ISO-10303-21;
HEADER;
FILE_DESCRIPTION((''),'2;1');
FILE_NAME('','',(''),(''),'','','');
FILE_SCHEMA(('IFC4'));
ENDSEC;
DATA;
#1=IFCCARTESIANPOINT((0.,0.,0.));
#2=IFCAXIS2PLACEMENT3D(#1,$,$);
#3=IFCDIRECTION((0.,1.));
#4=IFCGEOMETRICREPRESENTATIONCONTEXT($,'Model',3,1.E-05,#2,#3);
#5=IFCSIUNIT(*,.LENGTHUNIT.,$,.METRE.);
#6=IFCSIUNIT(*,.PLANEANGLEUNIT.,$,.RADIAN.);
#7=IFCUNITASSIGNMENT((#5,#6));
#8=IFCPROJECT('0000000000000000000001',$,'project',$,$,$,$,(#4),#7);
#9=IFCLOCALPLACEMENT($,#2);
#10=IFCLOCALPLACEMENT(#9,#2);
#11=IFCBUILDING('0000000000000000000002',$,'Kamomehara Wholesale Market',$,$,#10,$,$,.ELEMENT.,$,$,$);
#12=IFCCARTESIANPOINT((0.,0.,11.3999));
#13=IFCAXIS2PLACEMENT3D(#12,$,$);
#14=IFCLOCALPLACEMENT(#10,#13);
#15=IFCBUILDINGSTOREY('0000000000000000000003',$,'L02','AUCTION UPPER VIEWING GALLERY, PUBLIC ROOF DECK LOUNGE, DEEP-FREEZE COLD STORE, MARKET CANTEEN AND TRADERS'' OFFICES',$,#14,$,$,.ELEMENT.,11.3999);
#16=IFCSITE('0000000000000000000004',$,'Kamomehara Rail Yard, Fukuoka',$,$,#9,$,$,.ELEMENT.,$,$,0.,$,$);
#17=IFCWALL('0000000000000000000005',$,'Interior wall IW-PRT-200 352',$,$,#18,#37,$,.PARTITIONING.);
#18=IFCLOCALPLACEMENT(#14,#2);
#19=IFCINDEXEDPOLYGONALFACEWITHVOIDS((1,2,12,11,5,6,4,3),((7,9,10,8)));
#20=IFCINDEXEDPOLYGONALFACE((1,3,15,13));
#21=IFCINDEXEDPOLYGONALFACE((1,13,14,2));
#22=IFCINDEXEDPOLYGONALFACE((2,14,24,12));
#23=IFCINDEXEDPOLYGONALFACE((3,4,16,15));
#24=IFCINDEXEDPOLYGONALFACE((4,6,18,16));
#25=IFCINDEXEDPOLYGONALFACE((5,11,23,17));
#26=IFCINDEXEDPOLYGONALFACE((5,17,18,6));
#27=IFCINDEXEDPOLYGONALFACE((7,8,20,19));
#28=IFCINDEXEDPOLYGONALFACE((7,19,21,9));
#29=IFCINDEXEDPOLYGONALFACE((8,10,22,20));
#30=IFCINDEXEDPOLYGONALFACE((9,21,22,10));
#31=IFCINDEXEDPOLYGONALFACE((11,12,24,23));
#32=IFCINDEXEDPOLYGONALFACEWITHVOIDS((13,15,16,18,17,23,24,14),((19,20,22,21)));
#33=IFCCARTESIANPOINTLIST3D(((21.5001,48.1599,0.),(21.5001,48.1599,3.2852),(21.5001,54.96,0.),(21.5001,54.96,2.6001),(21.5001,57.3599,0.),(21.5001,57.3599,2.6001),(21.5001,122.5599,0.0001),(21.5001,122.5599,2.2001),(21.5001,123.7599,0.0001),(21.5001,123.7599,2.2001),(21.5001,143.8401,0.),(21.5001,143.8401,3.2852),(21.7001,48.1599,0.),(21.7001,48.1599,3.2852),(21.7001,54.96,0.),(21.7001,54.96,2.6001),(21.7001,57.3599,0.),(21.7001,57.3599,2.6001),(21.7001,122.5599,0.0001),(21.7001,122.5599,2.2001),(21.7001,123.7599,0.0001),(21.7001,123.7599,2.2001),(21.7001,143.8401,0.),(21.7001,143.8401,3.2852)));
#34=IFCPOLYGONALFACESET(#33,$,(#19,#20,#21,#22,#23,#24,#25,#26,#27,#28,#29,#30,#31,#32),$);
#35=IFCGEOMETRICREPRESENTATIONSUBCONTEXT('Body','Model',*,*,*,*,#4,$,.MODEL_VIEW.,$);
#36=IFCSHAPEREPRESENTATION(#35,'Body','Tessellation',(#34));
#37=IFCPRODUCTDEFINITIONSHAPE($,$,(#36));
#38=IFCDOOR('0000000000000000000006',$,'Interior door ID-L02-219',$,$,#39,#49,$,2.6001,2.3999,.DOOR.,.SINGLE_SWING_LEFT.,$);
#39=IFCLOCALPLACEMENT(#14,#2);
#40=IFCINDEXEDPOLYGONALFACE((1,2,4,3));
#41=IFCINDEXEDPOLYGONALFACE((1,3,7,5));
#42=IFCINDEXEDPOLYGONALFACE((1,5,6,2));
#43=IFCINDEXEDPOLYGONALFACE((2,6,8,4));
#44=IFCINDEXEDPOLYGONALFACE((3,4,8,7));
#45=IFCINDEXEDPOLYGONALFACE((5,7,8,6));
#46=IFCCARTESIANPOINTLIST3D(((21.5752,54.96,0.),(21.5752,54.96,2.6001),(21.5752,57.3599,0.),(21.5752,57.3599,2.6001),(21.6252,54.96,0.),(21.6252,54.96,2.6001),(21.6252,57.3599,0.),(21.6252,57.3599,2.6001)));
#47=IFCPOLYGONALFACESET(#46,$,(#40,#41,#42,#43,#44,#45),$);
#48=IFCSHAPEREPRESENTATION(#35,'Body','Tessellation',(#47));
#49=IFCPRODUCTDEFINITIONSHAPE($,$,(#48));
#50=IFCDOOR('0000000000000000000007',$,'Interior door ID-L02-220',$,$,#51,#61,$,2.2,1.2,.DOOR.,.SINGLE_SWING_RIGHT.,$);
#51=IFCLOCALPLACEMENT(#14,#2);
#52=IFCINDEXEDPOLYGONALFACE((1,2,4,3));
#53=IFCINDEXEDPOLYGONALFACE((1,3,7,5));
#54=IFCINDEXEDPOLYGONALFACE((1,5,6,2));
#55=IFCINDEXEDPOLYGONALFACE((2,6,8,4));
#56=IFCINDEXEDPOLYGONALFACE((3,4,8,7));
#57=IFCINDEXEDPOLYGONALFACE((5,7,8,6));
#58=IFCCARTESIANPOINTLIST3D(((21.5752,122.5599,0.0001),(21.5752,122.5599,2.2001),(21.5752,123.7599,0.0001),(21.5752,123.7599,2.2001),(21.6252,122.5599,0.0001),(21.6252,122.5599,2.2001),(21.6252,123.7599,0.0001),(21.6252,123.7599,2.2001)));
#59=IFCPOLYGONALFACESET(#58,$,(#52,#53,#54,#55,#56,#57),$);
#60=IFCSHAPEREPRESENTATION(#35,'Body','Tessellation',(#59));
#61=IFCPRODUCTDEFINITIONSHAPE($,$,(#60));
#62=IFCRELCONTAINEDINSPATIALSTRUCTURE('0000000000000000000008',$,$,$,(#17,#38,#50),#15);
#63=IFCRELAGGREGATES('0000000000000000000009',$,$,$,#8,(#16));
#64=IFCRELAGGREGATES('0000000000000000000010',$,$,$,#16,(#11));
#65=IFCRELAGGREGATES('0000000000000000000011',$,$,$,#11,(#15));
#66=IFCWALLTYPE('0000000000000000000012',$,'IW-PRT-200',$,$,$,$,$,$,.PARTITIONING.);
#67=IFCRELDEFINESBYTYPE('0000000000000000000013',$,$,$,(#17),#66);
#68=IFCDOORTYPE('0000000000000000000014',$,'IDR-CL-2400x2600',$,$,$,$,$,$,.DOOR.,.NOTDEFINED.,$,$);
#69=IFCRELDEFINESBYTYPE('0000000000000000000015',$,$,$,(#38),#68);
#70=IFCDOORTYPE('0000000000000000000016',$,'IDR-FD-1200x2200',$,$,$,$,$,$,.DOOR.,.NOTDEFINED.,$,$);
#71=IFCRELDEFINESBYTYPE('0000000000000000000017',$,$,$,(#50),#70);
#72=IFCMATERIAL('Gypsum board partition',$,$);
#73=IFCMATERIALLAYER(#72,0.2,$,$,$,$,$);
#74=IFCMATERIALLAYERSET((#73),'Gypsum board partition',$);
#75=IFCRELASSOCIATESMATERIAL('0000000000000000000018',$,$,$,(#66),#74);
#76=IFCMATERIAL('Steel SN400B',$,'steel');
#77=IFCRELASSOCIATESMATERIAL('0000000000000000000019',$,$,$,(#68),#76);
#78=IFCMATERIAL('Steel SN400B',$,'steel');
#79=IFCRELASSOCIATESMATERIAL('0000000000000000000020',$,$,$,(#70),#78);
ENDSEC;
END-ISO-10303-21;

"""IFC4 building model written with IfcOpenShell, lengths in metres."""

from ifc_helpers import new_model, si_unit, direction, frame, frame_2d, origin, place, context, subcontext, project, spatial, rectangle, extrude, material, layer, layer_set, type_object, element, fill, save


model = new_model("IFC4")

# Units and contexts
model_context = context("Model", 3, precision=1e-05, world=origin(), true_north=direction((0.0, 1.0)))
body_context = subcontext(model_context, "Body", "Model", "MODEL_VIEW")
ifc_project = project(units=[si_unit("LENGTHUNIT", "METRE"), si_unit("PLANEANGLEUNIT", "RADIAN")], contexts=[model_context])

# Site, building, storey
site_placement = place(None, origin())
site = spatial("IfcSite", under=ifc_project, at=site_placement, Name="Kamomehara Rail Yard, Fukuoka", CompositionType="ELEMENT", RefElevation=0.0)
building_placement = place(site_placement, origin())
building = spatial("IfcBuilding", under=site, at=building_placement, Name="Kamomehara Wholesale Market", CompositionType="ELEMENT")
storey_placement = place(building_placement, frame((0.0, 0.0, 11.3999)))
storey = spatial("IfcBuildingStorey", under=building, at=storey_placement, Name="L02", Description="AUCTION UPPER VIEWING GALLERY, PUBLIC ROOF DECK LOUNGE, DEEP-FREEZE COLD STORE, MARKET CANTEEN AND TRADERS' OFFICES", CompositionType="ELEMENT", Elevation=11.3999)

# Shared definitions
ifc_material_1 = material(Name="Gypsum board partition")
ifc_layer = layer(ifc_material_1, 0.2)
ifc_layer_set = layer_set([ifc_layer], Name="Gypsum board partition")
wall_type = type_object("IfcWallType", Name="IW-PRT-200", PredefinedType="PARTITIONING", material=ifc_layer_set)
ifc_material_2 = material(Name="Steel SN400B", Category="steel")
door_type_1 = type_object("IfcDoorType", Name="IDR-CL-2400x2600", OperationType="NOTDEFINED", PredefinedType="DOOR", material=ifc_material_2)

# Wall, openings, doors
wall_1_placement = place(storey_placement, frame((21.6001, 48.1599, 0.0), z_axis=(0.0, 0.0, 1.0), x_axis=(0.0, 1.0, 0.0)))
wall_1 = element("IfcWall", 1, at=wall_1_placement, inside=storey, type_object=wall_type, Name="Interior wall IW-PRT-200 352", PredefinedType="PARTITIONING", context=body_context, shape_type="SweptSolid", body=[
    extrude(rectangle(XDim=95.6802, YDim=0.2, at=frame_2d((47.8401, 0.0))), origin(), (0.0, 0.0, 1.0), 3.2852),
])
opening_1_placement = place(wall_1_placement, frame((6.8, 0.0, 0.0)))
opening_1 = element("IfcOpeningElement", 2, at=opening_1_placement, cuts=wall_1, PredefinedType="OPENING", context=body_context, shape_type="SweptSolid", body=[
    extrude(rectangle(XDim=2.3999, YDim=2.6001, at=frame_2d((1.2, 1.3))), frame((0.0, 0.1147, 0.0), z_axis=(0.0, -1.0, 0.0), x_axis=(1.0, 0.0, 0.0)), (0.0, 0.0, 1.0), 0.2297),
])
opening_2_placement = place(wall_1_placement, frame((74.3999, 0.0, 0.0)))
opening_2 = element("IfcOpeningElement", 3, at=opening_2_placement, cuts=wall_1, PredefinedType="OPENING", context=body_context, shape_type="SweptSolid", body=[
    extrude(rectangle(XDim=1.2, YDim=2.2, at=frame_2d((0.6001, 1.1001))), frame((0.0, 0.1147, 0.0), z_axis=(0.0, -1.0, 0.0), x_axis=(1.0, 0.0, 0.0)), (0.0, 0.0, 1.0), 0.2297),
])
door_1_placement = place(opening_1_placement, origin())
door_1 = element("IfcDoor", 4, at=door_1_placement, inside=storey, type_object=door_type_1, Name="Interior door ID-L02-219", OperationType="SINGLE_SWING_LEFT", OverallHeight=2.6001, OverallWidth=2.3999, PredefinedType="DOOR", context=body_context, shape_type="SweptSolid", body=[
    extrude(rectangle(XDim=2.3999, YDim=2.6001, at=frame_2d((1.2, 1.3))), frame((0.0, 0.0249, 0.0), z_axis=(0.0, -1.0, 0.0), x_axis=(1.0, 0.0, 0.0)), (0.0, 0.0, 1.0), 0.05),
])
fill(opening_1, door_1)
ifc_material_3 = material(Name="Steel SN400B", Category="steel")
door_type_2 = type_object("IfcDoorType", Name="IDR-FD-1200x2200", OperationType="NOTDEFINED", PredefinedType="DOOR", material=ifc_material_3)
door_2_placement = place(opening_2_placement, origin())
door_2 = element("IfcDoor", 5, at=door_2_placement, inside=storey, type_object=door_type_2, Name="Interior door ID-L02-220", OperationType="SINGLE_SWING_RIGHT", OverallHeight=2.2, OverallWidth=1.2, PredefinedType="DOOR", context=body_context, shape_type="SweptSolid", body=[
    extrude(rectangle(XDim=1.2, YDim=2.2, at=frame_2d((0.6001, 1.1001))), frame((0.0, 0.0249, 0.0), z_axis=(0.0, -1.0, 0.0), x_axis=(1.0, 0.0, 0.0)), (0.0, 0.0, 1.0), 0.05),
])
fill(opening_2, door_2)

save(model, "model.ifc")
